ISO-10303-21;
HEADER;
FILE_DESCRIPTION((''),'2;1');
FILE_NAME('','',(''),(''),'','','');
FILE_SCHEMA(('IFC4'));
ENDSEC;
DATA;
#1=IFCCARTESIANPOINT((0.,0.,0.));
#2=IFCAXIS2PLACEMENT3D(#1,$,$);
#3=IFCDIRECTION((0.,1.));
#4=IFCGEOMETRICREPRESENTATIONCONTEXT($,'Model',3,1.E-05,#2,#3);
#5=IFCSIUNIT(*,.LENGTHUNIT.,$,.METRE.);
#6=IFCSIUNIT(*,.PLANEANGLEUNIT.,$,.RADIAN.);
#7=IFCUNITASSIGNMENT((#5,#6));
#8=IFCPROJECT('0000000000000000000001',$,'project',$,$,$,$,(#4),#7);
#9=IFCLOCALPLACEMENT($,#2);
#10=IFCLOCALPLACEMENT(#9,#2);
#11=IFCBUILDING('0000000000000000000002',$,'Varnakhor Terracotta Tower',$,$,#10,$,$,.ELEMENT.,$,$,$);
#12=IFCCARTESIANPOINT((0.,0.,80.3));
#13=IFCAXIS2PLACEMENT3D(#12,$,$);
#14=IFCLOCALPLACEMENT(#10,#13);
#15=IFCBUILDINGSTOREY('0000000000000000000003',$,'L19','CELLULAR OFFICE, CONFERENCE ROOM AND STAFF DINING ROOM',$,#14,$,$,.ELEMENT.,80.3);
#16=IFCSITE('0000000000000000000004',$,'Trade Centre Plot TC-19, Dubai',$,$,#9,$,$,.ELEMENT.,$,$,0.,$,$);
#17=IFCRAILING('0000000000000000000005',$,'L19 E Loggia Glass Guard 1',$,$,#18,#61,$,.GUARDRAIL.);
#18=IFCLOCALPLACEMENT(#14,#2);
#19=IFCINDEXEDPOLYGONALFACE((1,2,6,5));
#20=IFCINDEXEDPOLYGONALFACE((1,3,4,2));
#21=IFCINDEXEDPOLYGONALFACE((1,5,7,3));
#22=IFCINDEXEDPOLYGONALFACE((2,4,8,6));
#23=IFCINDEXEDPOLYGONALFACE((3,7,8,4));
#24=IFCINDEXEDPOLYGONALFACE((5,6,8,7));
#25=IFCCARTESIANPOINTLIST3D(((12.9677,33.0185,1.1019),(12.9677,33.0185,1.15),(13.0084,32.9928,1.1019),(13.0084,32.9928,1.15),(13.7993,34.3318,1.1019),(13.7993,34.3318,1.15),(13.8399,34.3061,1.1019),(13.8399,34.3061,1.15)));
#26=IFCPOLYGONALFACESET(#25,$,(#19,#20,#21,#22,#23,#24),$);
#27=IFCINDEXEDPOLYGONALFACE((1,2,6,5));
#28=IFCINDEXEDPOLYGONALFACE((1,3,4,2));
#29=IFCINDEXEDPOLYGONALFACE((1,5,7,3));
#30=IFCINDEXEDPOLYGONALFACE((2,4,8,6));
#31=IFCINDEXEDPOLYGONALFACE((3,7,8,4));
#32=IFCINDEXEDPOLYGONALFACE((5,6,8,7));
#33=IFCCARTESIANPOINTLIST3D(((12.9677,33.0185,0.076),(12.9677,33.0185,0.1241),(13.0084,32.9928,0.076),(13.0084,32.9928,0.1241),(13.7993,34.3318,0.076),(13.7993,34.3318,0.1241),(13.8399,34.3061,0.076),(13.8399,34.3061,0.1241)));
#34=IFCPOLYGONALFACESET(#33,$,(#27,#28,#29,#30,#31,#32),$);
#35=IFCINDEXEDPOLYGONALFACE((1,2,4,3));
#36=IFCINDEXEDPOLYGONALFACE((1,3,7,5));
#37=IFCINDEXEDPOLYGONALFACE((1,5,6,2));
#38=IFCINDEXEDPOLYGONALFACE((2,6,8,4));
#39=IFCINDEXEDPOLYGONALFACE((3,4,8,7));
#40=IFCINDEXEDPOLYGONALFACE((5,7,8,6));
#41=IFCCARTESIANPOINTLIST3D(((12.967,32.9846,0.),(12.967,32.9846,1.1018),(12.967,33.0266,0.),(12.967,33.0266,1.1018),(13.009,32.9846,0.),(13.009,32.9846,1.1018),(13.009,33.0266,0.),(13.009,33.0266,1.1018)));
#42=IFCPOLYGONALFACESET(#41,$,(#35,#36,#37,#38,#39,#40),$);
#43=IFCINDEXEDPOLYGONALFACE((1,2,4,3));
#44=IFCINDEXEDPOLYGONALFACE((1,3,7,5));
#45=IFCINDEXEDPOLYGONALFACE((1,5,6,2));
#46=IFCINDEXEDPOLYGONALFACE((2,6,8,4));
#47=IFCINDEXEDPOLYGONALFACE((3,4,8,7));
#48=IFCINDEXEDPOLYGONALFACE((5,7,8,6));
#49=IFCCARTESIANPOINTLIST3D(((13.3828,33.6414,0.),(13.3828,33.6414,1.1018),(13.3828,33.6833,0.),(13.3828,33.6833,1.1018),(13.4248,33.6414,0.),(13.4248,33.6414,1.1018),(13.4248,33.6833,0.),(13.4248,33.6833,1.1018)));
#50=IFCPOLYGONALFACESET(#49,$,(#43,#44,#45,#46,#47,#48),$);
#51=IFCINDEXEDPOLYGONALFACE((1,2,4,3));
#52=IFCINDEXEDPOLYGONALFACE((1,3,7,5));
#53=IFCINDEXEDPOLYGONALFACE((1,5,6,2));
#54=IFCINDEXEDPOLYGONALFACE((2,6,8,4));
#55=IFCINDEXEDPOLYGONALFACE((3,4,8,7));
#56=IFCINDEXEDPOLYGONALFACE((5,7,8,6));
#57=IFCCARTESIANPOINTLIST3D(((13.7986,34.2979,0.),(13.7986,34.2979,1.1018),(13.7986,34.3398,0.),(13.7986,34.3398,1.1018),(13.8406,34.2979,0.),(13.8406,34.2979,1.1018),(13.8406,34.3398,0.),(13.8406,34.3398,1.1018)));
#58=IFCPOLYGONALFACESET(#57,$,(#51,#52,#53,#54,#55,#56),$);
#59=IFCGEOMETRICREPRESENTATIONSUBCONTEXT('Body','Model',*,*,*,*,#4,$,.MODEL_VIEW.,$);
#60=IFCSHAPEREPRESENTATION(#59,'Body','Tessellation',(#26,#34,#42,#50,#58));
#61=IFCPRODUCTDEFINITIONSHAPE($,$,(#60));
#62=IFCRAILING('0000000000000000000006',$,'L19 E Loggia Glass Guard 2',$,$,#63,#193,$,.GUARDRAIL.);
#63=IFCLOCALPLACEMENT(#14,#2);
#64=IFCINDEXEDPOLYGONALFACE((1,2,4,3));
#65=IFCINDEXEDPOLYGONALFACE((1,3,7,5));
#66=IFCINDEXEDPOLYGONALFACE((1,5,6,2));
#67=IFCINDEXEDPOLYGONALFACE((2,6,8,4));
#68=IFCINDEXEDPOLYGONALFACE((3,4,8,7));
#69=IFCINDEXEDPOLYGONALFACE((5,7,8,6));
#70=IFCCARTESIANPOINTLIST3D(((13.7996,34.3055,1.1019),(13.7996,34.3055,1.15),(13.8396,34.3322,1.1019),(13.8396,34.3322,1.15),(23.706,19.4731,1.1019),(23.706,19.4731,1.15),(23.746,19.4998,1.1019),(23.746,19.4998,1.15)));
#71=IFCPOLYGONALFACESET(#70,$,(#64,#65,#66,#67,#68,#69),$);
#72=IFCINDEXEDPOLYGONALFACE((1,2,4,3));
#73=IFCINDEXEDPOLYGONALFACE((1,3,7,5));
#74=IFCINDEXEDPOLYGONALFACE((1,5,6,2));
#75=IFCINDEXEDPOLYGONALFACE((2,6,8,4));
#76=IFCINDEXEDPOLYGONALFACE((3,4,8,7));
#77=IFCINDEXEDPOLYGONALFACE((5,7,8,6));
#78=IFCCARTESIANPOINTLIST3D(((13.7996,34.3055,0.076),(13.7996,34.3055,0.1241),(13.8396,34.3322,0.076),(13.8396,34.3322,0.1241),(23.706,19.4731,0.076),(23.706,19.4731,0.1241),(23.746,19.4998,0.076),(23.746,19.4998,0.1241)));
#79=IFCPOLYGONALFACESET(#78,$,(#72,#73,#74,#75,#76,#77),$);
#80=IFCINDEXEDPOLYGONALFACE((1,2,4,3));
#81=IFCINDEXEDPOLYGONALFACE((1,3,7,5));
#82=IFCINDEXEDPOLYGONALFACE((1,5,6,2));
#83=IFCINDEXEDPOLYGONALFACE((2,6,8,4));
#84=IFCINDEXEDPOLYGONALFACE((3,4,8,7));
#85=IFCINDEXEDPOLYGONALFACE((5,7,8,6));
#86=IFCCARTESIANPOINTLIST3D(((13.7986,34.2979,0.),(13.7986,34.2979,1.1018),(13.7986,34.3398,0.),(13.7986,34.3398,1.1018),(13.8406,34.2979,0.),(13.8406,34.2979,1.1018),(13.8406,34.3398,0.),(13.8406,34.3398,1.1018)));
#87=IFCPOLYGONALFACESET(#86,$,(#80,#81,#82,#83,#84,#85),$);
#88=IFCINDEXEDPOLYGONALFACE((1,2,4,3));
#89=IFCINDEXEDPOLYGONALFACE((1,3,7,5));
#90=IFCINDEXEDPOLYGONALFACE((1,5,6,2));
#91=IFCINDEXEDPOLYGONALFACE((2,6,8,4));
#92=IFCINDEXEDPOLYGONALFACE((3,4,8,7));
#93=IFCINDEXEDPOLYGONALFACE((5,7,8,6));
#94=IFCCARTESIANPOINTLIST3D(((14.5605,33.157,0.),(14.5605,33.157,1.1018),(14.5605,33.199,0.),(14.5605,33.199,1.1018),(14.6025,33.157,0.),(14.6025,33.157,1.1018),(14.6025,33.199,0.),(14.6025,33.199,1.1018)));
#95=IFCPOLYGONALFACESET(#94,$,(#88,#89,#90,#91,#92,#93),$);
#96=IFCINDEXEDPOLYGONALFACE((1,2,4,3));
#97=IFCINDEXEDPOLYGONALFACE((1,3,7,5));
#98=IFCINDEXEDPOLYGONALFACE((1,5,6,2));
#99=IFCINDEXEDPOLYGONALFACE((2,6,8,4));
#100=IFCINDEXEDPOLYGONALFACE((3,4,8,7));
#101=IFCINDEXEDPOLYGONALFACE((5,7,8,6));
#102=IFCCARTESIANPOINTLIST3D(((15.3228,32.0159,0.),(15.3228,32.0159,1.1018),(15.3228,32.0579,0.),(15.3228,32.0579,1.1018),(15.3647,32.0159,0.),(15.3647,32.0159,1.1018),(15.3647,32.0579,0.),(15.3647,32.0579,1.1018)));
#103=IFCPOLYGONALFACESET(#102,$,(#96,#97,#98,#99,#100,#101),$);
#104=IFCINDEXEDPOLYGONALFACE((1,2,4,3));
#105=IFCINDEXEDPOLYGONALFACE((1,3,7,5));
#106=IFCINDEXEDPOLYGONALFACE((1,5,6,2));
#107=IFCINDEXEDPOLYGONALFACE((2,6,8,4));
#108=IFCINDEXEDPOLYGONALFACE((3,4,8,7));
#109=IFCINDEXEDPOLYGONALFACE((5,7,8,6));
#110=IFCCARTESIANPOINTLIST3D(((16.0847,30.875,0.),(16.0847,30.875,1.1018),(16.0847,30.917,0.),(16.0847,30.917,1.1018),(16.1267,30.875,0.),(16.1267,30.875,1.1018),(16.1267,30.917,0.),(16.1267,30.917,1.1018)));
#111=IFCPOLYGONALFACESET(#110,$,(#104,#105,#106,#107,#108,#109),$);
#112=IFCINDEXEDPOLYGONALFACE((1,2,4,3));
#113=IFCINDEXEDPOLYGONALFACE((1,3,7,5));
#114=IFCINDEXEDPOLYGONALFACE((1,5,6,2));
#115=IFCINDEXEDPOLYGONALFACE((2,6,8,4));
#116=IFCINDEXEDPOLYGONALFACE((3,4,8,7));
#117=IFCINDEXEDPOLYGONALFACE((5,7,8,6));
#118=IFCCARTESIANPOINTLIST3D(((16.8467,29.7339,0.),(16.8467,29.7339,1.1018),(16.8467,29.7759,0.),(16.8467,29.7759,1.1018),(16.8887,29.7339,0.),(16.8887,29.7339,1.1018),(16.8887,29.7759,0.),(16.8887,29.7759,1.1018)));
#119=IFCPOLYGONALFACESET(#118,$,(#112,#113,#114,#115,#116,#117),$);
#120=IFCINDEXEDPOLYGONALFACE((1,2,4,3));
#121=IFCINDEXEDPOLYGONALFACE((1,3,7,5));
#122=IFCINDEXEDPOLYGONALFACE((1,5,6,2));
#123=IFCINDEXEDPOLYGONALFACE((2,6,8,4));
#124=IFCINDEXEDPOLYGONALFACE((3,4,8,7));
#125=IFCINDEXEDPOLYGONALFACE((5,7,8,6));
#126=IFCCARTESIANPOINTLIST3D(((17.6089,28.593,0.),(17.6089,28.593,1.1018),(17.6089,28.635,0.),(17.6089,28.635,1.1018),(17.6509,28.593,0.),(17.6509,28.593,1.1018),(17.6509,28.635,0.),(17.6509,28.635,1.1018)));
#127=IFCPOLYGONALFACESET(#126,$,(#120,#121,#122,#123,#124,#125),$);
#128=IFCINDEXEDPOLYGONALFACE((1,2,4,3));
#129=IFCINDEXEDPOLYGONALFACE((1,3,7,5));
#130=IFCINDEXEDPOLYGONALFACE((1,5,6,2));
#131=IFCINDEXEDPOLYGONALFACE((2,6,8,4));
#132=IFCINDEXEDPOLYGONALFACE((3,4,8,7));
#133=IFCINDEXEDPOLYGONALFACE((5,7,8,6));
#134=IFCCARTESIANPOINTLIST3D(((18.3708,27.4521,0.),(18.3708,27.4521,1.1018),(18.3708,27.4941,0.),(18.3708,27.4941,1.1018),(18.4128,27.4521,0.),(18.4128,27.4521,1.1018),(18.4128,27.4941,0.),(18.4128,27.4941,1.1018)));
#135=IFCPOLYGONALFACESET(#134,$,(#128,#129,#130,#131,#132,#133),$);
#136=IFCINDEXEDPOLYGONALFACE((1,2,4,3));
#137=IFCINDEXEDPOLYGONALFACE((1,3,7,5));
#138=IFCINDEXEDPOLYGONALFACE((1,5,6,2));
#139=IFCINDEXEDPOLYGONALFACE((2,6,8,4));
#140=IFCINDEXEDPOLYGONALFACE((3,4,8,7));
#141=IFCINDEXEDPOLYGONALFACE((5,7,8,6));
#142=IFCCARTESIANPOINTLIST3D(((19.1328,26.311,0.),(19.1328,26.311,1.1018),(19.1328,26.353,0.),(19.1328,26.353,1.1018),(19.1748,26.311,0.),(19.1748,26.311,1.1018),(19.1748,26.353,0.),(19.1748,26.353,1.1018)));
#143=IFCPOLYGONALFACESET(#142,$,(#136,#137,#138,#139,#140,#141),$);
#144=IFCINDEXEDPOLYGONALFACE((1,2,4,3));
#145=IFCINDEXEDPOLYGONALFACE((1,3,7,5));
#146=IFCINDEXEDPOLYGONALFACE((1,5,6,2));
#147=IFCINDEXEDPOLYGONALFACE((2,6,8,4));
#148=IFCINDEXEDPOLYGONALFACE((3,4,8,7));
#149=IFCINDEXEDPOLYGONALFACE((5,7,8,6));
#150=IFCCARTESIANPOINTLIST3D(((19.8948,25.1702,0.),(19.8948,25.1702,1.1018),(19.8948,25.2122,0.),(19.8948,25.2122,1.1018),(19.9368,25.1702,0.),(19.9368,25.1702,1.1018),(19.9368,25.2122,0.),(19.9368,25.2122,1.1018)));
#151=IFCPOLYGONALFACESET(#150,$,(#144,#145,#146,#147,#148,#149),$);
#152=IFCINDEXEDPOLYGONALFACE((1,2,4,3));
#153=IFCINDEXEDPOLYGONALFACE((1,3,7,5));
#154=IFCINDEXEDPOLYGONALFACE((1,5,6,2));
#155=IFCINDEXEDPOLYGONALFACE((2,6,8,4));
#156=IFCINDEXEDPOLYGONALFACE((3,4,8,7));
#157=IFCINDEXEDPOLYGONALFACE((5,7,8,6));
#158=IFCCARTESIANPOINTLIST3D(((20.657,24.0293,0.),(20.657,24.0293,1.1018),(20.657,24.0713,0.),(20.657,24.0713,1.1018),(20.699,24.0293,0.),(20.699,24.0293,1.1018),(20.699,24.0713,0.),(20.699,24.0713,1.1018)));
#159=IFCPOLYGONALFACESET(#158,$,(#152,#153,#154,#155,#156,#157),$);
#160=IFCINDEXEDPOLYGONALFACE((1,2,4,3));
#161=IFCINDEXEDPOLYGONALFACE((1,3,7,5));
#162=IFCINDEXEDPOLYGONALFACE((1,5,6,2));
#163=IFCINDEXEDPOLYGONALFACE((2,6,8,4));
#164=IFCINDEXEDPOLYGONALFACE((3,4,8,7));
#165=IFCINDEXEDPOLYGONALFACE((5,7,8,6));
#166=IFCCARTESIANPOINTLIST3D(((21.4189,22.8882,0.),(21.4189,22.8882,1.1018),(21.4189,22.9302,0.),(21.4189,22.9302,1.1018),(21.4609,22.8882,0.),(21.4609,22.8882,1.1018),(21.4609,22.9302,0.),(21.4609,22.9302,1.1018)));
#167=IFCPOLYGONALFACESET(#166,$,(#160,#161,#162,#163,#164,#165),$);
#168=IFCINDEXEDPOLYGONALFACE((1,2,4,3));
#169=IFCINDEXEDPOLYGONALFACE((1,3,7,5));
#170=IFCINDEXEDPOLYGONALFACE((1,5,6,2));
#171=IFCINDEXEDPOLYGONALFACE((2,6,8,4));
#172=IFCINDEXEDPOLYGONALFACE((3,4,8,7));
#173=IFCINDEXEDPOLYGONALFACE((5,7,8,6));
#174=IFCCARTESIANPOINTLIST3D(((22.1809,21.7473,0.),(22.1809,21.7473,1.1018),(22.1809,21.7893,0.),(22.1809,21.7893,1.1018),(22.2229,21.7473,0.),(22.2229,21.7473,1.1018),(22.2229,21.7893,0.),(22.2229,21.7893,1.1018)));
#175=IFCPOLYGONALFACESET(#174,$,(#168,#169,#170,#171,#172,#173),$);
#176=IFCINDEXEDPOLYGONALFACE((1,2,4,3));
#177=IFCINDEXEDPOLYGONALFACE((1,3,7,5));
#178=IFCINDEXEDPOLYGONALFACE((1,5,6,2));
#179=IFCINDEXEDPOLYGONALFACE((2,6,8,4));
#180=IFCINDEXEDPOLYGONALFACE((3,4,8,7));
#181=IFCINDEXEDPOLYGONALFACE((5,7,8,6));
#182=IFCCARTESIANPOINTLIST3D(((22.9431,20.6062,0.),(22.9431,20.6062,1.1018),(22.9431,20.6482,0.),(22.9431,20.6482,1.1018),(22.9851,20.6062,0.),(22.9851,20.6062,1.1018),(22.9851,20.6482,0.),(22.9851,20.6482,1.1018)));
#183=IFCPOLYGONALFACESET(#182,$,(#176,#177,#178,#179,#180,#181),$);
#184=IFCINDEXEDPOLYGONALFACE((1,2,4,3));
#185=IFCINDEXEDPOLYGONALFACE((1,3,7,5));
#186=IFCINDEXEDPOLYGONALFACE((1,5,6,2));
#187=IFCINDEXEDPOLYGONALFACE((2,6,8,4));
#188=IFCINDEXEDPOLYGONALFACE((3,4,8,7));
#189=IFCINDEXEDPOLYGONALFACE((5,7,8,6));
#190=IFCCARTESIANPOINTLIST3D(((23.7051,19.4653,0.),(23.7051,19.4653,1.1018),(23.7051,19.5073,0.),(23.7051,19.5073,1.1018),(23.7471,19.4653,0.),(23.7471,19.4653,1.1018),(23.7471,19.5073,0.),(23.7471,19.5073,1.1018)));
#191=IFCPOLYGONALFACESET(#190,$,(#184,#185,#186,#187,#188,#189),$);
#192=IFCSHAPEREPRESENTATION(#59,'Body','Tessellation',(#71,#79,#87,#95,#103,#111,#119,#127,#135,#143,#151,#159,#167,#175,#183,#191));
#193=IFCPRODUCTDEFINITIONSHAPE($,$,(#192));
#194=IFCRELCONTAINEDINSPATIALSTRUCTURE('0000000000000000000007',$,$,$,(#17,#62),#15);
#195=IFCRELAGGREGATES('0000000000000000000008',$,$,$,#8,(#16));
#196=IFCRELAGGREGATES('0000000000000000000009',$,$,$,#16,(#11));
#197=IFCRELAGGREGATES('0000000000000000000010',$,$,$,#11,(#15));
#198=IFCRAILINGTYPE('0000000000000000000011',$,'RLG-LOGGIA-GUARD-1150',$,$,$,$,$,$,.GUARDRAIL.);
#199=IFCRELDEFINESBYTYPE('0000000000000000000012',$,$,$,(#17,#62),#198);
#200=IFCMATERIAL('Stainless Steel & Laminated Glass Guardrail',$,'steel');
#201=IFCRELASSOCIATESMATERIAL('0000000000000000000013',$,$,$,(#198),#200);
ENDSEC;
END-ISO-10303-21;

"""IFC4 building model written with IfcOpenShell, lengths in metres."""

from ifc_helpers import new_model, si_unit, direction, frame, origin, origin_2d, place, context, subcontext, project, spatial, rectangle, extrude, material, type_object, element, save


model = new_model("IFC4")

# Units and contexts
model_context = context("Model", 3, precision=1e-05, world=origin(), true_north=direction((0.0, 1.0)))
body_context = subcontext(model_context, "Body", "Model", "MODEL_VIEW")
ifc_project = project(units=[si_unit("LENGTHUNIT", "METRE"), si_unit("PLANEANGLEUNIT", "RADIAN")], contexts=[model_context])

# Site, building, storey
site_placement = place(None, origin())
site = spatial("IfcSite", under=ifc_project, at=site_placement, Name="Trade Centre Plot TC-19, Dubai", CompositionType="ELEMENT", RefElevation=0.0)
building_placement = place(site_placement, origin())
building = spatial("IfcBuilding", under=site, at=building_placement, Name="Varnakhor Terracotta Tower", CompositionType="ELEMENT")
storey_placement = place(building_placement, frame((0.0, 0.0, 80.3)))
storey = spatial("IfcBuildingStorey", under=building, at=storey_placement, Name="L19", Description="CELLULAR OFFICE, CONFERENCE ROOM AND STAFF DINING ROOM", CompositionType="ELEMENT", Elevation=80.3)

# Railings
ifc_material_1 = material(Name="Stainless Steel & Laminated Glass Guardrail", Category="steel")
railing_type = type_object("IfcRailingType", Name="RLG-LOGGIA-GUARD-1150", PredefinedType="GUARDRAIL", material=ifc_material_1)
railing_1_placement = place(storey_placement, frame((12.988, 33.0056, 0.0)))
element("IfcRailing", 1, at=railing_1_placement, inside=storey, type_object=railing_type, Name="L19 E Loggia Glass Guard 1", PredefinedType="GUARDRAIL", context=body_context, shape_type="SweptSolid", body=[
    extrude(rectangle(XDim=0.0481, YDim=0.0481, at=origin_2d()), frame((0.0, 0.0, 1.126), z_axis=(0.534974, 0.844869, 0.0), x_axis=(-0.844869, 0.534974, 0.0)), (0.0, 0.0, 1.0), 1.5544),
    extrude(rectangle(XDim=0.0481, YDim=0.0481, at=origin_2d()), frame((0.0, 0.0, 0.1001), z_axis=(0.534974, 0.844869, 0.0), x_axis=(-0.844869, 0.534974, 0.0)), (0.0, 0.0, 1.0), 1.5544),
    extrude(rectangle(XDim=0.042, YDim=0.042, at=origin_2d()), origin(), (0.0, 0.0, 1.0), 1.1018),
    extrude(rectangle(XDim=0.042, YDim=0.042, at=origin_2d()), frame((0.4158, 0.6567, 0.0)), (0.0, 0.0, 1.0), 1.1018),
    extrude(rectangle(XDim=0.042, YDim=0.042, at=origin_2d()), frame((0.8315, 1.3132, 0.0)), (0.0, 0.0, 1.0), 1.1018),
])
railing_2_placement = place(storey_placement, frame((13.8196, 34.3188, 0.0)))
element("IfcRailing", 2, at=railing_2_placement, inside=storey, type_object=railing_type, Name="L19 E Loggia Glass Guard 2", PredefinedType="GUARDRAIL", context=body_context, shape_type="SweptSolid", body=[
    extrude(rectangle(XDim=0.0481, YDim=0.0481, at=origin_2d()), frame((0.0, 0.0, 1.126), z_axis=(0.555404, -0.83158, 0.0), x_axis=(0.83158, 0.555404, 0.0)), (0.0, 0.0, 1.0), 17.8364),
    extrude(rectangle(XDim=0.0481, YDim=0.0481, at=origin_2d()), frame((0.0, 0.0, 0.1001), z_axis=(0.555404, -0.83158, 0.0), x_axis=(0.83158, 0.555404, 0.0)), (0.0, 0.0, 1.0), 17.8364),
    extrude(rectangle(XDim=0.042, YDim=0.042, at=origin_2d()), origin(), (0.0, 0.0, 1.0), 1.1018),
    extrude(rectangle(XDim=0.042, YDim=0.042, at=origin_2d()), frame((0.762, -1.1409, 0.0)), (0.0, 0.0, 1.0), 1.1018),
    extrude(rectangle(XDim=0.042, YDim=0.042, at=origin_2d()), frame((1.5242, -2.282, 0.0)), (0.0, 0.0, 1.0), 1.1018),
    extrude(rectangle(XDim=0.042, YDim=0.042, at=origin_2d()), frame((2.2861, -3.4229, 0.0)), (0.0, 0.0, 1.0), 1.1018),
    extrude(rectangle(XDim=0.042, YDim=0.042, at=origin_2d()), frame((3.0481, -4.564, 0.0)), (0.0, 0.0, 1.0), 1.1018),
    extrude(rectangle(XDim=0.042, YDim=0.042, at=origin_2d()), frame((3.8103, -5.7048, 0.0)), (0.0, 0.0, 1.0), 1.1018),
    extrude(rectangle(XDim=0.042, YDim=0.042, at=origin_2d()), frame((4.5723, -6.8457, 0.0)), (0.0, 0.0, 1.0), 1.1018),
    extrude(rectangle(XDim=0.042, YDim=0.042, at=origin_2d()), frame((5.3342, -7.9868, 0.0)), (0.0, 0.0, 1.0), 1.1018),
    extrude(rectangle(XDim=0.042, YDim=0.042, at=origin_2d()), frame((6.0962, -9.1277, 0.0)), (0.0, 0.0, 1.0), 1.1018),
    extrude(rectangle(XDim=0.042, YDim=0.042, at=origin_2d()), frame((6.8584, -10.2686, 0.0)), (0.0, 0.0, 1.0), 1.1018),
    extrude(rectangle(XDim=0.042, YDim=0.042, at=origin_2d()), frame((7.6204, -11.4097, 0.0)), (0.0, 0.0, 1.0), 1.1018),
    extrude(rectangle(XDim=0.042, YDim=0.042, at=origin_2d()), frame((8.3823, -12.5505, 0.0)), (0.0, 0.0, 1.0), 1.1018),
    extrude(rectangle(XDim=0.042, YDim=0.042, at=origin_2d()), frame((9.1445, -13.6917, 0.0)), (0.0, 0.0, 1.0), 1.1018),
    extrude(rectangle(XDim=0.042, YDim=0.042, at=origin_2d()), frame((9.9065, -14.8325, 0.0)), (0.0, 0.0, 1.0), 1.1018),
])

save(model, "model.ifc")
